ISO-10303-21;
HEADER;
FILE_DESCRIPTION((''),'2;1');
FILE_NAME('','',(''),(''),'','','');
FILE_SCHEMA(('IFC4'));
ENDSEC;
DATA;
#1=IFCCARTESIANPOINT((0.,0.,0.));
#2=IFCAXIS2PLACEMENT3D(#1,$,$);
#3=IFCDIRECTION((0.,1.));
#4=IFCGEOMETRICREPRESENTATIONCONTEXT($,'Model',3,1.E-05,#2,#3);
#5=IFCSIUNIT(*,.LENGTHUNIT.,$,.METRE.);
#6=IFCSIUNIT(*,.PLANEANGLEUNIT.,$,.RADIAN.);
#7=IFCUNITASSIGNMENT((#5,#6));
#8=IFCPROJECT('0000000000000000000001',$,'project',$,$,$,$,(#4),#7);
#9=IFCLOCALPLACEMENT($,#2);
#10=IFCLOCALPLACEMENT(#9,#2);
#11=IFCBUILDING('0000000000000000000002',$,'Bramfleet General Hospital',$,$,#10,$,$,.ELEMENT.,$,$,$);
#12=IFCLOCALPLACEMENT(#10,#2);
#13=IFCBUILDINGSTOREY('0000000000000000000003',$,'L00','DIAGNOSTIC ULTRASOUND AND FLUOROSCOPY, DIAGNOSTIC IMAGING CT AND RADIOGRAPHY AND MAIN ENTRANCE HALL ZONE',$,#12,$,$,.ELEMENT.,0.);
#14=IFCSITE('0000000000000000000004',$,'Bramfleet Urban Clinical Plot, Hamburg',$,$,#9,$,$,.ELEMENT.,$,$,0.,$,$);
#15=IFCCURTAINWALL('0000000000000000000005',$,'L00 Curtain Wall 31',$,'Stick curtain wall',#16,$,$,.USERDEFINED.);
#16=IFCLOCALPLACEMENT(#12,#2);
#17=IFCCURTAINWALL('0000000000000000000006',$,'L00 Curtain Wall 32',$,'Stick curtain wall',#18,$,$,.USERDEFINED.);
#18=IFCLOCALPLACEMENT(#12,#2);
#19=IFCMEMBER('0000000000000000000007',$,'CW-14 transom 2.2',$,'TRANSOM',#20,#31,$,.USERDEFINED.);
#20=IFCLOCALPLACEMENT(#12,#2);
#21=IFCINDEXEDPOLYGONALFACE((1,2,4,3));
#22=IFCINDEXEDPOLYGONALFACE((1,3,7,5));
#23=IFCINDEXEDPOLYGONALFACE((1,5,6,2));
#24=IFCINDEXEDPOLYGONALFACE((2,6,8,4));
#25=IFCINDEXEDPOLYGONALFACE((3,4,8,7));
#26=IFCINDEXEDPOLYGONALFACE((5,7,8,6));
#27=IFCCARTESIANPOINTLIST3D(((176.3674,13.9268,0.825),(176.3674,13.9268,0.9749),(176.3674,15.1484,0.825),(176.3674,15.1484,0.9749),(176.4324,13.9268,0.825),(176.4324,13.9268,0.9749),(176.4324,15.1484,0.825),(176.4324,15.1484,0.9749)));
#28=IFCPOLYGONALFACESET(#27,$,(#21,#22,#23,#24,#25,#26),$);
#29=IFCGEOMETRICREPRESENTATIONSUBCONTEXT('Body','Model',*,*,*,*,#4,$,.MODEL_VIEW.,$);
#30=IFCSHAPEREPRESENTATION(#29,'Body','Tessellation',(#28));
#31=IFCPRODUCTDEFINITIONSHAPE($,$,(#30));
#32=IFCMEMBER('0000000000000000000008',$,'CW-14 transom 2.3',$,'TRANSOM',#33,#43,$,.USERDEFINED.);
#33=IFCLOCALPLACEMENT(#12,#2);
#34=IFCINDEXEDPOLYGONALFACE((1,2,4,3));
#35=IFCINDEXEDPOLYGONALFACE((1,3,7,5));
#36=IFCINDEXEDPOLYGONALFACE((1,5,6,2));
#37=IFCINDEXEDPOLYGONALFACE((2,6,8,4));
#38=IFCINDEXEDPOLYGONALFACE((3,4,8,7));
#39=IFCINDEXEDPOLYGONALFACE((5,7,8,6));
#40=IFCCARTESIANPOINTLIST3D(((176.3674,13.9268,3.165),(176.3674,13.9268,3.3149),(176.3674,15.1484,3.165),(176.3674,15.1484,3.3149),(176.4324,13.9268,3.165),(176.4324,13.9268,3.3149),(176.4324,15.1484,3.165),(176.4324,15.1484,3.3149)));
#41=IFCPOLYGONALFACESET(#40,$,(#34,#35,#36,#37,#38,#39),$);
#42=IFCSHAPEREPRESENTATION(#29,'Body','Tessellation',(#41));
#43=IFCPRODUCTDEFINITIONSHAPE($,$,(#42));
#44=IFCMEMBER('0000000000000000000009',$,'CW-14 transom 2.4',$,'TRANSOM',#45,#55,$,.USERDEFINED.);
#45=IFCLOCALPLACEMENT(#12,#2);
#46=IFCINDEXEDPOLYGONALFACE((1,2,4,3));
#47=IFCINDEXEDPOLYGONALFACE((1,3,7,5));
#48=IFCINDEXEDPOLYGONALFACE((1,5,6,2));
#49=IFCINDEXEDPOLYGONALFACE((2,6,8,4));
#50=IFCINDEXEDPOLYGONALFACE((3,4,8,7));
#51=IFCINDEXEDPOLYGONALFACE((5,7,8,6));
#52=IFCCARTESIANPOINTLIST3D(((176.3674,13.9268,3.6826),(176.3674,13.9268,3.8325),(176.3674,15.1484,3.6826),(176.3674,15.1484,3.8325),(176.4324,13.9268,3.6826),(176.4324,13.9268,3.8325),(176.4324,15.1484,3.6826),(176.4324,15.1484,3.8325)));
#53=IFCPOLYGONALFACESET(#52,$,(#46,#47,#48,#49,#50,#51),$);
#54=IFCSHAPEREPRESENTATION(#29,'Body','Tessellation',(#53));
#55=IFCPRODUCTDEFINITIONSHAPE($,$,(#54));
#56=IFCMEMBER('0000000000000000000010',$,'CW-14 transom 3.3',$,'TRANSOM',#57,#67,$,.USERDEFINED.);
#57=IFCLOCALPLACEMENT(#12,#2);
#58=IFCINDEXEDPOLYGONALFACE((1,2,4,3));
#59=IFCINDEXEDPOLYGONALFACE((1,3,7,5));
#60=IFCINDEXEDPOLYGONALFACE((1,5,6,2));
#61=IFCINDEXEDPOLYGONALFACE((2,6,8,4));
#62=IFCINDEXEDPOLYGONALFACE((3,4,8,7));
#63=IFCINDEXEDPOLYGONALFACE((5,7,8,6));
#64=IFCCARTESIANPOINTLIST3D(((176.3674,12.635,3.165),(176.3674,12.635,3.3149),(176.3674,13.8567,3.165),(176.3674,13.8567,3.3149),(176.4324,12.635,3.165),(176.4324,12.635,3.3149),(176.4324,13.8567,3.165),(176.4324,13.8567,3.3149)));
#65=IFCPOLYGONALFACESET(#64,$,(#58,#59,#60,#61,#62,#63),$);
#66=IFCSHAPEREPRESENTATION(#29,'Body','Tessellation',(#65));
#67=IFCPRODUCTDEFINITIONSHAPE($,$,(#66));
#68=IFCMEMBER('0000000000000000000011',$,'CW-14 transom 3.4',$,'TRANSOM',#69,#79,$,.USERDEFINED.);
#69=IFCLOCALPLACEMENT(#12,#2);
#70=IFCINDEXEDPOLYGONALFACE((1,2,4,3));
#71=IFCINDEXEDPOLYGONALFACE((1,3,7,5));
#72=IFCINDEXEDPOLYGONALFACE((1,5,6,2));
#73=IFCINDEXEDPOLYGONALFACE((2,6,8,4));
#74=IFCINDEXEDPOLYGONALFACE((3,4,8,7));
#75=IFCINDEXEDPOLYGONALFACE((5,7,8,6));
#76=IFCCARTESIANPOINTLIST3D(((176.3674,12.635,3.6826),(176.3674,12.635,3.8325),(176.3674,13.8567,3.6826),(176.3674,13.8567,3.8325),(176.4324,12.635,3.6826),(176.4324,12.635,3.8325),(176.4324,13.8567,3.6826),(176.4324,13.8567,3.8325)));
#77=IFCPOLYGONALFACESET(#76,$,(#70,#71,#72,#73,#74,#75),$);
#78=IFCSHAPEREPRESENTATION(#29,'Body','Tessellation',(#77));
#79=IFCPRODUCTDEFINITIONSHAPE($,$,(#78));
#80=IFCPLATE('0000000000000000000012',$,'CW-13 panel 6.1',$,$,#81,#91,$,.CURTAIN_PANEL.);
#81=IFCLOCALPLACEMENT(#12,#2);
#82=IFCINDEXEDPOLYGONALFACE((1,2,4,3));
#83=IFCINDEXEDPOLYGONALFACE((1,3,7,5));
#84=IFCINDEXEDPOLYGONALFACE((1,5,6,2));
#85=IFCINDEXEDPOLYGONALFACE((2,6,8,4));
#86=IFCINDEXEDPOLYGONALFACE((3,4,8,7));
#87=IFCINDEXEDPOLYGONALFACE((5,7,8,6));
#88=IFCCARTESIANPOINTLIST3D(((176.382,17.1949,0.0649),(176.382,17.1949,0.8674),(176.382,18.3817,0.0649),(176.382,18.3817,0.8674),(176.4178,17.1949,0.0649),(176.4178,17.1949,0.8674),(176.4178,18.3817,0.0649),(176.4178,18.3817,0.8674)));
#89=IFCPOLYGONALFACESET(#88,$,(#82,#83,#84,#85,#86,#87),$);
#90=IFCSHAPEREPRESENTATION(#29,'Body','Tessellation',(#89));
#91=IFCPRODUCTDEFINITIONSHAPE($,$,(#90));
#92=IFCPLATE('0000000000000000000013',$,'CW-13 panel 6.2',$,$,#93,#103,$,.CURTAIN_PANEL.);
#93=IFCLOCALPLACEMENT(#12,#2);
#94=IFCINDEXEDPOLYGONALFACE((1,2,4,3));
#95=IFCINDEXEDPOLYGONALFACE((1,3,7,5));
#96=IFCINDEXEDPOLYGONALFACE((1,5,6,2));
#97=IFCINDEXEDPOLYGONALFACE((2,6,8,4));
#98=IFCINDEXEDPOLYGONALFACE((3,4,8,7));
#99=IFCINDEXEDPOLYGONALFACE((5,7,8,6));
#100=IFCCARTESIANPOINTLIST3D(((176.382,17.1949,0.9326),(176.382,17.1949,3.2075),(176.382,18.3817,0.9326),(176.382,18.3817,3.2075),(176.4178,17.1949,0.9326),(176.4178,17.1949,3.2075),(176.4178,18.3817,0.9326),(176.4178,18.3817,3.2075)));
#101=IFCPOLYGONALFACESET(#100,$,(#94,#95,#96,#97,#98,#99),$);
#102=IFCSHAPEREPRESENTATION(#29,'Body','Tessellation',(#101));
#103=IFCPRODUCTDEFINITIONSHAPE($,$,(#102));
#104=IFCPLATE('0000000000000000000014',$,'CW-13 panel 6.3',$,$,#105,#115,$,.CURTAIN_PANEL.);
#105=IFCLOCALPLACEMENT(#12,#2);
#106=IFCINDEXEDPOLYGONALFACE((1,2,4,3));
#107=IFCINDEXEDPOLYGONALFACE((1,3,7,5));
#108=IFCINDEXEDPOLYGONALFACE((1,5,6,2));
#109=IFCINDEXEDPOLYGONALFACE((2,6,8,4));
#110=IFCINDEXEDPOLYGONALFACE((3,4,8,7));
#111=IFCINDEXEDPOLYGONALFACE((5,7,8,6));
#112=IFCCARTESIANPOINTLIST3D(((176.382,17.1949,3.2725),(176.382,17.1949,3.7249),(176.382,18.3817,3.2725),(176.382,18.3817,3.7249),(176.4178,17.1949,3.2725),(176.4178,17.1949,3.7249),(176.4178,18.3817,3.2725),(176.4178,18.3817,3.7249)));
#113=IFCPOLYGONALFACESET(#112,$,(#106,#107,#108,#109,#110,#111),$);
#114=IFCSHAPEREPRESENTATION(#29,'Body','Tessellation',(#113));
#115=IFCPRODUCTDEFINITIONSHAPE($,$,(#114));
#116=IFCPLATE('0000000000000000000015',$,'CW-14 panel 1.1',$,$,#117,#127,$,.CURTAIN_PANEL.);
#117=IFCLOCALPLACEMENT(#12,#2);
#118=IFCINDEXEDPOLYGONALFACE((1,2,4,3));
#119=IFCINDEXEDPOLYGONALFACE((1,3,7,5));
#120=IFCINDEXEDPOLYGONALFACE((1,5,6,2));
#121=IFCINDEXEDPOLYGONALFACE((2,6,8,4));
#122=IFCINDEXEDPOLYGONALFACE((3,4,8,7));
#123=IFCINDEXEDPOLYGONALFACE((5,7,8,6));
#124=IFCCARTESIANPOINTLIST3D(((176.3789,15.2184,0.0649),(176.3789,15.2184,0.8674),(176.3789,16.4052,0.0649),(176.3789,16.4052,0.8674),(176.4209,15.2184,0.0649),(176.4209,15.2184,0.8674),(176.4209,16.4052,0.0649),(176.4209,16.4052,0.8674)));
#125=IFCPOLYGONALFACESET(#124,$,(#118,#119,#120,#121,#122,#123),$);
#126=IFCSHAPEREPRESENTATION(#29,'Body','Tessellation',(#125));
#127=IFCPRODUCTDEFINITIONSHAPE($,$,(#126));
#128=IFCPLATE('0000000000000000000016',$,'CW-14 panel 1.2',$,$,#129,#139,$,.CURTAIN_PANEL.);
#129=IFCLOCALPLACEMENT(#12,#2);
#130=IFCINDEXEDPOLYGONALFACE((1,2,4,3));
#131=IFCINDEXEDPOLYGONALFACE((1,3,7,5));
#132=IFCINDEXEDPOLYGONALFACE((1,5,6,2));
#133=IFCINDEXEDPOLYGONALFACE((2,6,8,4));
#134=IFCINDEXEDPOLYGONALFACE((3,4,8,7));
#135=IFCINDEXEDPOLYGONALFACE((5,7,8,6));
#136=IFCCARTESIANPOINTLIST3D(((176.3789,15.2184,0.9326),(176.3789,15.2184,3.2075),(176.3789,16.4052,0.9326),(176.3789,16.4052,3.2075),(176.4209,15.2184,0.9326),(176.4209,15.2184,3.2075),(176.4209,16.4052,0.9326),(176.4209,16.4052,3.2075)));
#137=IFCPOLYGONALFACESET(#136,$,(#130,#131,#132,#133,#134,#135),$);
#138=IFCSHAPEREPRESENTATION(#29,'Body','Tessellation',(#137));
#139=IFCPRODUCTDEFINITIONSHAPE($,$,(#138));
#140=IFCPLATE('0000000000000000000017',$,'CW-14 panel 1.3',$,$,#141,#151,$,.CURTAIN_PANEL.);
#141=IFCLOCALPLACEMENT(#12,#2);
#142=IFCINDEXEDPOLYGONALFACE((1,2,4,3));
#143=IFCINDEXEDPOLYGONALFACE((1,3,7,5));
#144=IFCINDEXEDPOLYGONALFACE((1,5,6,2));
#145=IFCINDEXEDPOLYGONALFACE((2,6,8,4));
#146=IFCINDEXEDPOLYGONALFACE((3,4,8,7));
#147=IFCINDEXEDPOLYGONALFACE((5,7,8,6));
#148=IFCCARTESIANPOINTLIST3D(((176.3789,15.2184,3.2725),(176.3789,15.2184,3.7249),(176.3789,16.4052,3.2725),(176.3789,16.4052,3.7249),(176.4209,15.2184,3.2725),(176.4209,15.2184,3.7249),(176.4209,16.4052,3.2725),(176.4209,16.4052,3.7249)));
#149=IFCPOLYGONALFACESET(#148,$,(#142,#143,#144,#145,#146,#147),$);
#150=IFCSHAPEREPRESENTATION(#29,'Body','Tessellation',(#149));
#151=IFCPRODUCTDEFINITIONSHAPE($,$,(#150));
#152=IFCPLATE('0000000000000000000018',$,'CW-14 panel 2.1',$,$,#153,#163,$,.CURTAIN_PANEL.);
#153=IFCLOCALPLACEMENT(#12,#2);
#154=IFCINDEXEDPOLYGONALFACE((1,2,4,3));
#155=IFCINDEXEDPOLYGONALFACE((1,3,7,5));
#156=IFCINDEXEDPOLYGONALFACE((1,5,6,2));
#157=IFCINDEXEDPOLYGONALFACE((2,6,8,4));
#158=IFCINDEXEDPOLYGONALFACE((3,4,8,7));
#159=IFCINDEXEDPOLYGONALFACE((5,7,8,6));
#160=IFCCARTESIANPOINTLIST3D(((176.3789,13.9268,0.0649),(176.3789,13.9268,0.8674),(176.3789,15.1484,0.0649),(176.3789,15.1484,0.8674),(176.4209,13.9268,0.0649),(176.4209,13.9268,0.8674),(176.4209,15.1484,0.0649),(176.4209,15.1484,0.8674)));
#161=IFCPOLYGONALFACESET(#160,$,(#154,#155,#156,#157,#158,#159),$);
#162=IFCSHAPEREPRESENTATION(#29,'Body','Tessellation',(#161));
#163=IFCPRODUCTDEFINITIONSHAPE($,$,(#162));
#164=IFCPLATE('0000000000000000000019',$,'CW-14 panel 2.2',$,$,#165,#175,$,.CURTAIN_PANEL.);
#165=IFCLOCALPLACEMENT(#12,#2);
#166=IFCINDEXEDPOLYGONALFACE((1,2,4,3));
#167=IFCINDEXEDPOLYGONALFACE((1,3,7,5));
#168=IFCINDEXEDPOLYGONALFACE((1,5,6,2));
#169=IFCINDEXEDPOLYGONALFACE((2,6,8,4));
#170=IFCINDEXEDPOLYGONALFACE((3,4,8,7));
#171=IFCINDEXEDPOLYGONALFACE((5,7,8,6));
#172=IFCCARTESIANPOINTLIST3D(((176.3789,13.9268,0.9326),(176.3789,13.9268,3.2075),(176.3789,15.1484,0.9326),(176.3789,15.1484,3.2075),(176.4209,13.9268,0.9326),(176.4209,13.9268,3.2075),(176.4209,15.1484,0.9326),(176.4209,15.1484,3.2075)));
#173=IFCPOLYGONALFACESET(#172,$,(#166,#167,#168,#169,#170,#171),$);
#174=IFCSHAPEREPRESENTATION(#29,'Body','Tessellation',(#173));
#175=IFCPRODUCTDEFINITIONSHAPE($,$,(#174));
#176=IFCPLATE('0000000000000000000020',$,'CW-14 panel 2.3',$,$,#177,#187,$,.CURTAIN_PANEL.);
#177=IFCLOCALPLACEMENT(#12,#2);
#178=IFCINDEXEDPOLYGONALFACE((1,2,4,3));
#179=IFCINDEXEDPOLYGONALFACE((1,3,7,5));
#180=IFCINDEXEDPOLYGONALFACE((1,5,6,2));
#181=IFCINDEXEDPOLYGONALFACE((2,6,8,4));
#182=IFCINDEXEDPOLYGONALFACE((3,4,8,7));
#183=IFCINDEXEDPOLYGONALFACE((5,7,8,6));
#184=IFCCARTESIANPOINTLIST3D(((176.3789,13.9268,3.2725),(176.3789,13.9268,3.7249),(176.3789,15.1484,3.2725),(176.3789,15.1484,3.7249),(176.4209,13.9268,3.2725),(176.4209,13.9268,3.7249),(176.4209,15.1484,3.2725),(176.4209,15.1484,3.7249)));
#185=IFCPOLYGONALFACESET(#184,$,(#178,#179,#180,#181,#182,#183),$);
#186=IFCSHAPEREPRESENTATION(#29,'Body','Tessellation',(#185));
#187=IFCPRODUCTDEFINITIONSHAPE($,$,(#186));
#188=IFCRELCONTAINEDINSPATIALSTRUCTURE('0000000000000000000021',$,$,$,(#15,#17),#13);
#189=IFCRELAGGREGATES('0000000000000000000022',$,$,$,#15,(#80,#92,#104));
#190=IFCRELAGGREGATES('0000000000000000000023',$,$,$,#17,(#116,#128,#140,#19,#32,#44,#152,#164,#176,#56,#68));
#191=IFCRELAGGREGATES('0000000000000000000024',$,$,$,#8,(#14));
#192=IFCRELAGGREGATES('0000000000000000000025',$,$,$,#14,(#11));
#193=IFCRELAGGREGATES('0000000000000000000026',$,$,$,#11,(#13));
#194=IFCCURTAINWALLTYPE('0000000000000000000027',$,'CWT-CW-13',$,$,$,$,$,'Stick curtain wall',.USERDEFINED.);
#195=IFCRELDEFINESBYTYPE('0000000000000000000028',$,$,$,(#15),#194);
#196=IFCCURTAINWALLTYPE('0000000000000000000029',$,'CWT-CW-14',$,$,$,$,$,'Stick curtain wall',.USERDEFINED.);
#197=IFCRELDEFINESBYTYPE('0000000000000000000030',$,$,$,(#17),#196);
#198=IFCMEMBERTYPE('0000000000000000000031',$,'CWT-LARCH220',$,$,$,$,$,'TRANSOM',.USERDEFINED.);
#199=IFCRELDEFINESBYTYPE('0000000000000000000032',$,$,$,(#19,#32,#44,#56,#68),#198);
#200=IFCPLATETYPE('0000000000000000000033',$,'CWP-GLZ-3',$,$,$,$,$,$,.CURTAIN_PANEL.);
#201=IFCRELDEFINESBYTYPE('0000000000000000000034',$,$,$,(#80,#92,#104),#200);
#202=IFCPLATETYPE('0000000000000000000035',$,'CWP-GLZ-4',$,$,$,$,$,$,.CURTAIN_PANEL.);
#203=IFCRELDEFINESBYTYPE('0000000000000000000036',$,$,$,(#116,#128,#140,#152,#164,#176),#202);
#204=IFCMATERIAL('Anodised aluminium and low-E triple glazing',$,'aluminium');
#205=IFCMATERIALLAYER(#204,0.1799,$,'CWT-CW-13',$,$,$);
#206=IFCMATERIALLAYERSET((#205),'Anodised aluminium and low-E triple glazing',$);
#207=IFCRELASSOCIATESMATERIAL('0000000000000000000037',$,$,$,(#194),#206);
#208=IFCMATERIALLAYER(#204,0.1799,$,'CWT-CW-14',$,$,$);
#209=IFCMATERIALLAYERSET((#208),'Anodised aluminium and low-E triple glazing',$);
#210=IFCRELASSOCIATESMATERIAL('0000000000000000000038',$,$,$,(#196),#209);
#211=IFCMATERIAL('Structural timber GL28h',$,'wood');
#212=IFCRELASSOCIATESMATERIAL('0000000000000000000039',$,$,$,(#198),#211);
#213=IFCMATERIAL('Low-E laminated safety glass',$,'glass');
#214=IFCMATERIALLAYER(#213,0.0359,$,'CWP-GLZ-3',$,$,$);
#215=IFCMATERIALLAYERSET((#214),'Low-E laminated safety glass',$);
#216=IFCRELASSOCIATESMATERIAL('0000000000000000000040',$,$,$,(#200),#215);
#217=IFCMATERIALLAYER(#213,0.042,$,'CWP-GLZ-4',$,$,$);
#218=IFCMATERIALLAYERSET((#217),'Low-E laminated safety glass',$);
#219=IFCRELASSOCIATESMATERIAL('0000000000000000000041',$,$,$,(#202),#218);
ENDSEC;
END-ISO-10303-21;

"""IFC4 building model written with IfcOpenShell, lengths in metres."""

from ifc_helpers import new_model, si_unit, direction, frame, origin, origin_2d, place, context, subcontext, project, spatial, rectangle, extrude, material, layer, layer_set, material_profile, profile_set, type_object, element, aggregate, save


model = new_model("IFC4")

# Units and contexts
model_context = context("Model", 3, precision=1e-05, world=origin(), true_north=direction((0.0, 1.0)))
body_context = subcontext(model_context, "Body", "Model", "MODEL_VIEW")
ifc_project = project(units=[si_unit("LENGTHUNIT", "METRE"), si_unit("PLANEANGLEUNIT", "RADIAN")], contexts=[model_context])

# Site, building, storey
site_placement = place(None, origin())
site = spatial("IfcSite", under=ifc_project, at=site_placement, Name="Bramfleet Urban Clinical Plot, Hamburg", CompositionType="ELEMENT", RefElevation=0.0)
building_placement = place(site_placement, origin())
building = spatial("IfcBuilding", under=site, at=building_placement, Name="Bramfleet General Hospital", CompositionType="ELEMENT")
storey_placement = place(building_placement, origin())
storey = spatial("IfcBuildingStorey", under=building, at=storey_placement, Name="L00", Description="DIAGNOSTIC ULTRASOUND AND FLUOROSCOPY, DIAGNOSTIC IMAGING CT AND RADIOGRAPHY AND MAIN ENTRANCE HALL ZONE", CompositionType="ELEMENT", Elevation=0.0)

# Curtain wall
ifc_material_1 = material(Name="Anodised aluminium and low-E triple glazing", Category="aluminium")
ifc_layer_1 = layer(ifc_material_1, 0.1799, Name="CWT-CW-13")
ifc_layer_set_1 = layer_set([ifc_layer_1], Name="Anodised aluminium and low-E triple glazing")
curtain_wall_type_1 = type_object("IfcCurtainWallType", Name="CWT-CW-13", ElementType="Stick curtain wall", PredefinedType="USERDEFINED", material=ifc_layer_set_1)
curtain_wall_1_placement = place(storey_placement, origin())
curtain_wall_1 = element("IfcCurtainWall", 1, at=curtain_wall_1_placement, inside=storey, type_object=curtain_wall_type_1, Name="L00 Curtain Wall 31", ObjectType="Stick curtain wall", PredefinedType="USERDEFINED")
ifc_material_2 = material(Name="Structural timber GL28h", Category="wood")

# Curtain wall
ifc_layer_2 = layer(ifc_material_1, 0.1799, Name="CWT-CW-14")
ifc_layer_set_2 = layer_set([ifc_layer_2], Name="Anodised aluminium and low-E triple glazing")
curtain_wall_type_2 = type_object("IfcCurtainWallType", Name="CWT-CW-14", ElementType="Stick curtain wall", PredefinedType="USERDEFINED", material=ifc_layer_set_2)
curtain_wall_2_placement = place(storey_placement, origin())
curtain_wall_2 = element("IfcCurtainWall", 2, at=curtain_wall_2_placement, inside=storey, type_object=curtain_wall_type_2, Name="L00 Curtain Wall 32", ObjectType="Stick curtain wall", PredefinedType="USERDEFINED")

# Members
ifc_material_profile_1 = material_profile(ifc_material_2, rectangle(XDim=0.0649, YDim=0.1499, at=origin_2d()), Name="LARCH 150x65")
ifc_profile_set_1 = profile_set([ifc_material_profile_1], Name="Structural timber GL28h")
member_type_1 = type_object("IfcMemberType", Name="CWT-LARCH220", ElementType="TRANSOM", PredefinedType="USERDEFINED", material=ifc_profile_set_1)
member_1_placement = place(storey_placement, frame((176.3999, 15.1484, 0.8999), z_axis=(0.0, -1.0, 0.0), x_axis=(1.0, 0.0, 0.0)))
member_1 = element("IfcMember", 3, at=member_1_placement, type_object=member_type_1, Name="CW-14 transom 2.2", ObjectType="TRANSOM", PredefinedType="USERDEFINED", context=body_context, shape_type="SweptSolid", body=[
    extrude(rectangle(XDim=0.0649, YDim=0.1499, at=origin_2d()), origin(), (0.0, 0.0, 1.0), 1.2217),
])
member_2_placement = place(storey_placement, frame((176.3999, 15.1484, 3.24), z_axis=(0.0, -1.0, 0.0), x_axis=(1.0, 0.0, 0.0)))
member_2 = element("IfcMember", 4, at=member_2_placement, type_object=member_type_1, Name="CW-14 transom 2.3", ObjectType="TRANSOM", PredefinedType="USERDEFINED", context=body_context, shape_type="SweptSolid", body=[
    extrude(rectangle(XDim=0.0649, YDim=0.1499, at=origin_2d()), origin(), (0.0, 0.0, 1.0), 1.2217),
])
member_3_placement = place(storey_placement, frame((176.3999, 15.1484, 3.7576), z_axis=(0.0, -1.0, 0.0), x_axis=(1.0, 0.0, 0.0)))
member_3 = element("IfcMember", 5, at=member_3_placement, type_object=member_type_1, Name="CW-14 transom 2.4", ObjectType="TRANSOM", PredefinedType="USERDEFINED", context=body_context, shape_type="SweptSolid", body=[
    extrude(rectangle(XDim=0.0649, YDim=0.1499, at=origin_2d()), origin(), (0.0, 0.0, 1.0), 1.2217),
])
member_4_placement = place(storey_placement, frame((176.3999, 13.8567, 3.24), z_axis=(0.0, -1.0, 0.0), x_axis=(1.0, 0.0, 0.0)))
member_4 = element("IfcMember", 6, at=member_4_placement, type_object=member_type_1, Name="CW-14 transom 3.3", ObjectType="TRANSOM", PredefinedType="USERDEFINED", context=body_context, shape_type="SweptSolid", body=[
    extrude(rectangle(XDim=0.0649, YDim=0.1499, at=origin_2d()), origin(), (0.0, 0.0, 1.0), 1.2217),
])
member_5_placement = place(storey_placement, frame((176.3999, 13.8567, 3.7576), z_axis=(0.0, -1.0, 0.0), x_axis=(1.0, 0.0, 0.0)))
member_5 = element("IfcMember", 7, at=member_5_placement, type_object=member_type_1, Name="CW-14 transom 3.4", ObjectType="TRANSOM", PredefinedType="USERDEFINED", context=body_context, shape_type="SweptSolid", body=[
    extrude(rectangle(XDim=0.0649, YDim=0.1499, at=origin_2d()), origin(), (0.0, 0.0, 1.0), 1.2217),
])

# Plates
ifc_material_3 = material(Name="Low-E laminated safety glass", Category="glass")
ifc_layer_3 = layer(ifc_material_3, 0.0359, Name="CWP-GLZ-3")
ifc_layer_set_3 = layer_set([ifc_layer_3], Name="Low-E laminated safety glass")
plate_type_1 = type_object("IfcPlateType", Name="CWP-GLZ-3", PredefinedType="CURTAIN_PANEL", material=ifc_layer_set_3)
plate_1_placement = place(storey_placement, frame((176.3999, 17.7883, 0.0649), z_axis=(0.0, 0.0, 1.0), x_axis=(0.0, -1.0, 0.0)))
plate_1 = element("IfcPlate", 8, at=plate_1_placement, type_object=plate_type_1, Name="CW-13 panel 6.1", PredefinedType="CURTAIN_PANEL", context=body_context, shape_type="SweptSolid", body=[
    extrude(rectangle(XDim=1.1868, YDim=0.0359, at=origin_2d()), origin(), (0.0, 0.0, 1.0), 0.8025),
])
plate_2_placement = place(storey_placement, frame((176.3999, 17.7883, 0.9326), z_axis=(0.0, 0.0, 1.0), x_axis=(0.0, -1.0, 0.0)))
plate_2 = element("IfcPlate", 9, at=plate_2_placement, type_object=plate_type_1, Name="CW-13 panel 6.2", PredefinedType="CURTAIN_PANEL", context=body_context, shape_type="SweptSolid", body=[
    extrude(rectangle(XDim=1.1868, YDim=0.0359, at=origin_2d()), origin(), (0.0, 0.0, 1.0), 2.2749),
])
plate_3_placement = place(storey_placement, frame((176.3999, 17.7883, 3.2725), z_axis=(0.0, 0.0, 1.0), x_axis=(0.0, -1.0, 0.0)))
plate_3 = element("IfcPlate", 10, at=plate_3_placement, type_object=plate_type_1, Name="CW-13 panel 6.3", PredefinedType="CURTAIN_PANEL", context=body_context, shape_type="SweptSolid", body=[
    extrude(rectangle(XDim=1.1868, YDim=0.0359, at=origin_2d()), origin(), (0.0, 0.0, 1.0), 0.4524),
])
aggregate(curtain_wall_1, [plate_1, plate_2, plate_3])
ifc_layer_4 = layer(ifc_material_3, 0.042, Name="CWP-GLZ-4")
ifc_layer_set_4 = layer_set([ifc_layer_4], Name="Low-E laminated safety glass")
plate_type_2 = type_object("IfcPlateType", Name="CWP-GLZ-4", PredefinedType="CURTAIN_PANEL", material=ifc_layer_set_4)
plate_4_placement = place(storey_placement, frame((176.3999, 15.8118, 0.0649), z_axis=(0.0, 0.0, 1.0), x_axis=(0.0, -1.0, 0.0)))
plate_4 = element("IfcPlate", 11, at=plate_4_placement, type_object=plate_type_2, Name="CW-14 panel 1.1", PredefinedType="CURTAIN_PANEL", context=body_context, shape_type="SweptSolid", body=[
    extrude(rectangle(XDim=1.1868, YDim=0.042, at=origin_2d()), origin(), (0.0, 0.0, 1.0), 0.8025),
])
plate_5_placement = place(storey_placement, frame((176.3999, 15.8118, 0.9326), z_axis=(0.0, 0.0, 1.0), x_axis=(0.0, -1.0, 0.0)))
plate_5 = element("IfcPlate", 12, at=plate_5_placement, type_object=plate_type_2, Name="CW-14 panel 1.2", PredefinedType="CURTAIN_PANEL", context=body_context, shape_type="SweptSolid", body=[
    extrude(rectangle(XDim=1.1868, YDim=0.042, at=origin_2d()), origin(), (0.0, 0.0, 1.0), 2.2749),
])
plate_6_placement = place(storey_placement, frame((176.3999, 15.8118, 3.2725), z_axis=(0.0, 0.0, 1.0), x_axis=(0.0, -1.0, 0.0)))
plate_6 = element("IfcPlate", 13, at=plate_6_placement, type_object=plate_type_2, Name="CW-14 panel 1.3", PredefinedType="CURTAIN_PANEL", context=body_context, shape_type="SweptSolid", body=[
    extrude(rectangle(XDim=1.1868, YDim=0.042, at=origin_2d()), origin(), (0.0, 0.0, 1.0), 0.4524),
])
plate_7_placement = place(storey_placement, frame((176.3999, 14.5376, 0.0649), z_axis=(0.0, 0.0, 1.0), x_axis=(0.0, -1.0, 0.0)))
plate_7 = element("IfcPlate", 14, at=plate_7_placement, type_object=plate_type_2, Name="CW-14 panel 2.1", PredefinedType="CURTAIN_PANEL", context=body_context, shape_type="SweptSolid", body=[
    extrude(rectangle(XDim=1.2217, YDim=0.042, at=origin_2d()), origin(), (0.0, 0.0, 1.0), 0.8025),
])
plate_8_placement = place(storey_placement, frame((176.3999, 14.5376, 0.9326), z_axis=(0.0, 0.0, 1.0), x_axis=(0.0, -1.0, 0.0)))
plate_8 = element("IfcPlate", 15, at=plate_8_placement, type_object=plate_type_2, Name="CW-14 panel 2.2", PredefinedType="CURTAIN_PANEL", context=body_context, shape_type="SweptSolid", body=[
    extrude(rectangle(XDim=1.2217, YDim=0.042, at=origin_2d()), origin(), (0.0, 0.0, 1.0), 2.2749),
])
plate_9_placement = place(storey_placement, frame((176.3999, 14.5376, 3.2725), z_axis=(0.0, 0.0, 1.0), x_axis=(0.0, -1.0, 0.0)))
plate_9 = element("IfcPlate", 16, at=plate_9_placement, type_object=plate_type_2, Name="CW-14 panel 2.3", PredefinedType="CURTAIN_PANEL", context=body_context, shape_type="SweptSolid", body=[
    extrude(rectangle(XDim=1.2217, YDim=0.042, at=origin_2d()), origin(), (0.0, 0.0, 1.0), 0.4524),
])
aggregate(curtain_wall_2, [plate_4, plate_5, plate_6, member_1, member_2, member_3, plate_7, plate_8, plate_9, member_4, member_5])

save(model, "model.ifc")
